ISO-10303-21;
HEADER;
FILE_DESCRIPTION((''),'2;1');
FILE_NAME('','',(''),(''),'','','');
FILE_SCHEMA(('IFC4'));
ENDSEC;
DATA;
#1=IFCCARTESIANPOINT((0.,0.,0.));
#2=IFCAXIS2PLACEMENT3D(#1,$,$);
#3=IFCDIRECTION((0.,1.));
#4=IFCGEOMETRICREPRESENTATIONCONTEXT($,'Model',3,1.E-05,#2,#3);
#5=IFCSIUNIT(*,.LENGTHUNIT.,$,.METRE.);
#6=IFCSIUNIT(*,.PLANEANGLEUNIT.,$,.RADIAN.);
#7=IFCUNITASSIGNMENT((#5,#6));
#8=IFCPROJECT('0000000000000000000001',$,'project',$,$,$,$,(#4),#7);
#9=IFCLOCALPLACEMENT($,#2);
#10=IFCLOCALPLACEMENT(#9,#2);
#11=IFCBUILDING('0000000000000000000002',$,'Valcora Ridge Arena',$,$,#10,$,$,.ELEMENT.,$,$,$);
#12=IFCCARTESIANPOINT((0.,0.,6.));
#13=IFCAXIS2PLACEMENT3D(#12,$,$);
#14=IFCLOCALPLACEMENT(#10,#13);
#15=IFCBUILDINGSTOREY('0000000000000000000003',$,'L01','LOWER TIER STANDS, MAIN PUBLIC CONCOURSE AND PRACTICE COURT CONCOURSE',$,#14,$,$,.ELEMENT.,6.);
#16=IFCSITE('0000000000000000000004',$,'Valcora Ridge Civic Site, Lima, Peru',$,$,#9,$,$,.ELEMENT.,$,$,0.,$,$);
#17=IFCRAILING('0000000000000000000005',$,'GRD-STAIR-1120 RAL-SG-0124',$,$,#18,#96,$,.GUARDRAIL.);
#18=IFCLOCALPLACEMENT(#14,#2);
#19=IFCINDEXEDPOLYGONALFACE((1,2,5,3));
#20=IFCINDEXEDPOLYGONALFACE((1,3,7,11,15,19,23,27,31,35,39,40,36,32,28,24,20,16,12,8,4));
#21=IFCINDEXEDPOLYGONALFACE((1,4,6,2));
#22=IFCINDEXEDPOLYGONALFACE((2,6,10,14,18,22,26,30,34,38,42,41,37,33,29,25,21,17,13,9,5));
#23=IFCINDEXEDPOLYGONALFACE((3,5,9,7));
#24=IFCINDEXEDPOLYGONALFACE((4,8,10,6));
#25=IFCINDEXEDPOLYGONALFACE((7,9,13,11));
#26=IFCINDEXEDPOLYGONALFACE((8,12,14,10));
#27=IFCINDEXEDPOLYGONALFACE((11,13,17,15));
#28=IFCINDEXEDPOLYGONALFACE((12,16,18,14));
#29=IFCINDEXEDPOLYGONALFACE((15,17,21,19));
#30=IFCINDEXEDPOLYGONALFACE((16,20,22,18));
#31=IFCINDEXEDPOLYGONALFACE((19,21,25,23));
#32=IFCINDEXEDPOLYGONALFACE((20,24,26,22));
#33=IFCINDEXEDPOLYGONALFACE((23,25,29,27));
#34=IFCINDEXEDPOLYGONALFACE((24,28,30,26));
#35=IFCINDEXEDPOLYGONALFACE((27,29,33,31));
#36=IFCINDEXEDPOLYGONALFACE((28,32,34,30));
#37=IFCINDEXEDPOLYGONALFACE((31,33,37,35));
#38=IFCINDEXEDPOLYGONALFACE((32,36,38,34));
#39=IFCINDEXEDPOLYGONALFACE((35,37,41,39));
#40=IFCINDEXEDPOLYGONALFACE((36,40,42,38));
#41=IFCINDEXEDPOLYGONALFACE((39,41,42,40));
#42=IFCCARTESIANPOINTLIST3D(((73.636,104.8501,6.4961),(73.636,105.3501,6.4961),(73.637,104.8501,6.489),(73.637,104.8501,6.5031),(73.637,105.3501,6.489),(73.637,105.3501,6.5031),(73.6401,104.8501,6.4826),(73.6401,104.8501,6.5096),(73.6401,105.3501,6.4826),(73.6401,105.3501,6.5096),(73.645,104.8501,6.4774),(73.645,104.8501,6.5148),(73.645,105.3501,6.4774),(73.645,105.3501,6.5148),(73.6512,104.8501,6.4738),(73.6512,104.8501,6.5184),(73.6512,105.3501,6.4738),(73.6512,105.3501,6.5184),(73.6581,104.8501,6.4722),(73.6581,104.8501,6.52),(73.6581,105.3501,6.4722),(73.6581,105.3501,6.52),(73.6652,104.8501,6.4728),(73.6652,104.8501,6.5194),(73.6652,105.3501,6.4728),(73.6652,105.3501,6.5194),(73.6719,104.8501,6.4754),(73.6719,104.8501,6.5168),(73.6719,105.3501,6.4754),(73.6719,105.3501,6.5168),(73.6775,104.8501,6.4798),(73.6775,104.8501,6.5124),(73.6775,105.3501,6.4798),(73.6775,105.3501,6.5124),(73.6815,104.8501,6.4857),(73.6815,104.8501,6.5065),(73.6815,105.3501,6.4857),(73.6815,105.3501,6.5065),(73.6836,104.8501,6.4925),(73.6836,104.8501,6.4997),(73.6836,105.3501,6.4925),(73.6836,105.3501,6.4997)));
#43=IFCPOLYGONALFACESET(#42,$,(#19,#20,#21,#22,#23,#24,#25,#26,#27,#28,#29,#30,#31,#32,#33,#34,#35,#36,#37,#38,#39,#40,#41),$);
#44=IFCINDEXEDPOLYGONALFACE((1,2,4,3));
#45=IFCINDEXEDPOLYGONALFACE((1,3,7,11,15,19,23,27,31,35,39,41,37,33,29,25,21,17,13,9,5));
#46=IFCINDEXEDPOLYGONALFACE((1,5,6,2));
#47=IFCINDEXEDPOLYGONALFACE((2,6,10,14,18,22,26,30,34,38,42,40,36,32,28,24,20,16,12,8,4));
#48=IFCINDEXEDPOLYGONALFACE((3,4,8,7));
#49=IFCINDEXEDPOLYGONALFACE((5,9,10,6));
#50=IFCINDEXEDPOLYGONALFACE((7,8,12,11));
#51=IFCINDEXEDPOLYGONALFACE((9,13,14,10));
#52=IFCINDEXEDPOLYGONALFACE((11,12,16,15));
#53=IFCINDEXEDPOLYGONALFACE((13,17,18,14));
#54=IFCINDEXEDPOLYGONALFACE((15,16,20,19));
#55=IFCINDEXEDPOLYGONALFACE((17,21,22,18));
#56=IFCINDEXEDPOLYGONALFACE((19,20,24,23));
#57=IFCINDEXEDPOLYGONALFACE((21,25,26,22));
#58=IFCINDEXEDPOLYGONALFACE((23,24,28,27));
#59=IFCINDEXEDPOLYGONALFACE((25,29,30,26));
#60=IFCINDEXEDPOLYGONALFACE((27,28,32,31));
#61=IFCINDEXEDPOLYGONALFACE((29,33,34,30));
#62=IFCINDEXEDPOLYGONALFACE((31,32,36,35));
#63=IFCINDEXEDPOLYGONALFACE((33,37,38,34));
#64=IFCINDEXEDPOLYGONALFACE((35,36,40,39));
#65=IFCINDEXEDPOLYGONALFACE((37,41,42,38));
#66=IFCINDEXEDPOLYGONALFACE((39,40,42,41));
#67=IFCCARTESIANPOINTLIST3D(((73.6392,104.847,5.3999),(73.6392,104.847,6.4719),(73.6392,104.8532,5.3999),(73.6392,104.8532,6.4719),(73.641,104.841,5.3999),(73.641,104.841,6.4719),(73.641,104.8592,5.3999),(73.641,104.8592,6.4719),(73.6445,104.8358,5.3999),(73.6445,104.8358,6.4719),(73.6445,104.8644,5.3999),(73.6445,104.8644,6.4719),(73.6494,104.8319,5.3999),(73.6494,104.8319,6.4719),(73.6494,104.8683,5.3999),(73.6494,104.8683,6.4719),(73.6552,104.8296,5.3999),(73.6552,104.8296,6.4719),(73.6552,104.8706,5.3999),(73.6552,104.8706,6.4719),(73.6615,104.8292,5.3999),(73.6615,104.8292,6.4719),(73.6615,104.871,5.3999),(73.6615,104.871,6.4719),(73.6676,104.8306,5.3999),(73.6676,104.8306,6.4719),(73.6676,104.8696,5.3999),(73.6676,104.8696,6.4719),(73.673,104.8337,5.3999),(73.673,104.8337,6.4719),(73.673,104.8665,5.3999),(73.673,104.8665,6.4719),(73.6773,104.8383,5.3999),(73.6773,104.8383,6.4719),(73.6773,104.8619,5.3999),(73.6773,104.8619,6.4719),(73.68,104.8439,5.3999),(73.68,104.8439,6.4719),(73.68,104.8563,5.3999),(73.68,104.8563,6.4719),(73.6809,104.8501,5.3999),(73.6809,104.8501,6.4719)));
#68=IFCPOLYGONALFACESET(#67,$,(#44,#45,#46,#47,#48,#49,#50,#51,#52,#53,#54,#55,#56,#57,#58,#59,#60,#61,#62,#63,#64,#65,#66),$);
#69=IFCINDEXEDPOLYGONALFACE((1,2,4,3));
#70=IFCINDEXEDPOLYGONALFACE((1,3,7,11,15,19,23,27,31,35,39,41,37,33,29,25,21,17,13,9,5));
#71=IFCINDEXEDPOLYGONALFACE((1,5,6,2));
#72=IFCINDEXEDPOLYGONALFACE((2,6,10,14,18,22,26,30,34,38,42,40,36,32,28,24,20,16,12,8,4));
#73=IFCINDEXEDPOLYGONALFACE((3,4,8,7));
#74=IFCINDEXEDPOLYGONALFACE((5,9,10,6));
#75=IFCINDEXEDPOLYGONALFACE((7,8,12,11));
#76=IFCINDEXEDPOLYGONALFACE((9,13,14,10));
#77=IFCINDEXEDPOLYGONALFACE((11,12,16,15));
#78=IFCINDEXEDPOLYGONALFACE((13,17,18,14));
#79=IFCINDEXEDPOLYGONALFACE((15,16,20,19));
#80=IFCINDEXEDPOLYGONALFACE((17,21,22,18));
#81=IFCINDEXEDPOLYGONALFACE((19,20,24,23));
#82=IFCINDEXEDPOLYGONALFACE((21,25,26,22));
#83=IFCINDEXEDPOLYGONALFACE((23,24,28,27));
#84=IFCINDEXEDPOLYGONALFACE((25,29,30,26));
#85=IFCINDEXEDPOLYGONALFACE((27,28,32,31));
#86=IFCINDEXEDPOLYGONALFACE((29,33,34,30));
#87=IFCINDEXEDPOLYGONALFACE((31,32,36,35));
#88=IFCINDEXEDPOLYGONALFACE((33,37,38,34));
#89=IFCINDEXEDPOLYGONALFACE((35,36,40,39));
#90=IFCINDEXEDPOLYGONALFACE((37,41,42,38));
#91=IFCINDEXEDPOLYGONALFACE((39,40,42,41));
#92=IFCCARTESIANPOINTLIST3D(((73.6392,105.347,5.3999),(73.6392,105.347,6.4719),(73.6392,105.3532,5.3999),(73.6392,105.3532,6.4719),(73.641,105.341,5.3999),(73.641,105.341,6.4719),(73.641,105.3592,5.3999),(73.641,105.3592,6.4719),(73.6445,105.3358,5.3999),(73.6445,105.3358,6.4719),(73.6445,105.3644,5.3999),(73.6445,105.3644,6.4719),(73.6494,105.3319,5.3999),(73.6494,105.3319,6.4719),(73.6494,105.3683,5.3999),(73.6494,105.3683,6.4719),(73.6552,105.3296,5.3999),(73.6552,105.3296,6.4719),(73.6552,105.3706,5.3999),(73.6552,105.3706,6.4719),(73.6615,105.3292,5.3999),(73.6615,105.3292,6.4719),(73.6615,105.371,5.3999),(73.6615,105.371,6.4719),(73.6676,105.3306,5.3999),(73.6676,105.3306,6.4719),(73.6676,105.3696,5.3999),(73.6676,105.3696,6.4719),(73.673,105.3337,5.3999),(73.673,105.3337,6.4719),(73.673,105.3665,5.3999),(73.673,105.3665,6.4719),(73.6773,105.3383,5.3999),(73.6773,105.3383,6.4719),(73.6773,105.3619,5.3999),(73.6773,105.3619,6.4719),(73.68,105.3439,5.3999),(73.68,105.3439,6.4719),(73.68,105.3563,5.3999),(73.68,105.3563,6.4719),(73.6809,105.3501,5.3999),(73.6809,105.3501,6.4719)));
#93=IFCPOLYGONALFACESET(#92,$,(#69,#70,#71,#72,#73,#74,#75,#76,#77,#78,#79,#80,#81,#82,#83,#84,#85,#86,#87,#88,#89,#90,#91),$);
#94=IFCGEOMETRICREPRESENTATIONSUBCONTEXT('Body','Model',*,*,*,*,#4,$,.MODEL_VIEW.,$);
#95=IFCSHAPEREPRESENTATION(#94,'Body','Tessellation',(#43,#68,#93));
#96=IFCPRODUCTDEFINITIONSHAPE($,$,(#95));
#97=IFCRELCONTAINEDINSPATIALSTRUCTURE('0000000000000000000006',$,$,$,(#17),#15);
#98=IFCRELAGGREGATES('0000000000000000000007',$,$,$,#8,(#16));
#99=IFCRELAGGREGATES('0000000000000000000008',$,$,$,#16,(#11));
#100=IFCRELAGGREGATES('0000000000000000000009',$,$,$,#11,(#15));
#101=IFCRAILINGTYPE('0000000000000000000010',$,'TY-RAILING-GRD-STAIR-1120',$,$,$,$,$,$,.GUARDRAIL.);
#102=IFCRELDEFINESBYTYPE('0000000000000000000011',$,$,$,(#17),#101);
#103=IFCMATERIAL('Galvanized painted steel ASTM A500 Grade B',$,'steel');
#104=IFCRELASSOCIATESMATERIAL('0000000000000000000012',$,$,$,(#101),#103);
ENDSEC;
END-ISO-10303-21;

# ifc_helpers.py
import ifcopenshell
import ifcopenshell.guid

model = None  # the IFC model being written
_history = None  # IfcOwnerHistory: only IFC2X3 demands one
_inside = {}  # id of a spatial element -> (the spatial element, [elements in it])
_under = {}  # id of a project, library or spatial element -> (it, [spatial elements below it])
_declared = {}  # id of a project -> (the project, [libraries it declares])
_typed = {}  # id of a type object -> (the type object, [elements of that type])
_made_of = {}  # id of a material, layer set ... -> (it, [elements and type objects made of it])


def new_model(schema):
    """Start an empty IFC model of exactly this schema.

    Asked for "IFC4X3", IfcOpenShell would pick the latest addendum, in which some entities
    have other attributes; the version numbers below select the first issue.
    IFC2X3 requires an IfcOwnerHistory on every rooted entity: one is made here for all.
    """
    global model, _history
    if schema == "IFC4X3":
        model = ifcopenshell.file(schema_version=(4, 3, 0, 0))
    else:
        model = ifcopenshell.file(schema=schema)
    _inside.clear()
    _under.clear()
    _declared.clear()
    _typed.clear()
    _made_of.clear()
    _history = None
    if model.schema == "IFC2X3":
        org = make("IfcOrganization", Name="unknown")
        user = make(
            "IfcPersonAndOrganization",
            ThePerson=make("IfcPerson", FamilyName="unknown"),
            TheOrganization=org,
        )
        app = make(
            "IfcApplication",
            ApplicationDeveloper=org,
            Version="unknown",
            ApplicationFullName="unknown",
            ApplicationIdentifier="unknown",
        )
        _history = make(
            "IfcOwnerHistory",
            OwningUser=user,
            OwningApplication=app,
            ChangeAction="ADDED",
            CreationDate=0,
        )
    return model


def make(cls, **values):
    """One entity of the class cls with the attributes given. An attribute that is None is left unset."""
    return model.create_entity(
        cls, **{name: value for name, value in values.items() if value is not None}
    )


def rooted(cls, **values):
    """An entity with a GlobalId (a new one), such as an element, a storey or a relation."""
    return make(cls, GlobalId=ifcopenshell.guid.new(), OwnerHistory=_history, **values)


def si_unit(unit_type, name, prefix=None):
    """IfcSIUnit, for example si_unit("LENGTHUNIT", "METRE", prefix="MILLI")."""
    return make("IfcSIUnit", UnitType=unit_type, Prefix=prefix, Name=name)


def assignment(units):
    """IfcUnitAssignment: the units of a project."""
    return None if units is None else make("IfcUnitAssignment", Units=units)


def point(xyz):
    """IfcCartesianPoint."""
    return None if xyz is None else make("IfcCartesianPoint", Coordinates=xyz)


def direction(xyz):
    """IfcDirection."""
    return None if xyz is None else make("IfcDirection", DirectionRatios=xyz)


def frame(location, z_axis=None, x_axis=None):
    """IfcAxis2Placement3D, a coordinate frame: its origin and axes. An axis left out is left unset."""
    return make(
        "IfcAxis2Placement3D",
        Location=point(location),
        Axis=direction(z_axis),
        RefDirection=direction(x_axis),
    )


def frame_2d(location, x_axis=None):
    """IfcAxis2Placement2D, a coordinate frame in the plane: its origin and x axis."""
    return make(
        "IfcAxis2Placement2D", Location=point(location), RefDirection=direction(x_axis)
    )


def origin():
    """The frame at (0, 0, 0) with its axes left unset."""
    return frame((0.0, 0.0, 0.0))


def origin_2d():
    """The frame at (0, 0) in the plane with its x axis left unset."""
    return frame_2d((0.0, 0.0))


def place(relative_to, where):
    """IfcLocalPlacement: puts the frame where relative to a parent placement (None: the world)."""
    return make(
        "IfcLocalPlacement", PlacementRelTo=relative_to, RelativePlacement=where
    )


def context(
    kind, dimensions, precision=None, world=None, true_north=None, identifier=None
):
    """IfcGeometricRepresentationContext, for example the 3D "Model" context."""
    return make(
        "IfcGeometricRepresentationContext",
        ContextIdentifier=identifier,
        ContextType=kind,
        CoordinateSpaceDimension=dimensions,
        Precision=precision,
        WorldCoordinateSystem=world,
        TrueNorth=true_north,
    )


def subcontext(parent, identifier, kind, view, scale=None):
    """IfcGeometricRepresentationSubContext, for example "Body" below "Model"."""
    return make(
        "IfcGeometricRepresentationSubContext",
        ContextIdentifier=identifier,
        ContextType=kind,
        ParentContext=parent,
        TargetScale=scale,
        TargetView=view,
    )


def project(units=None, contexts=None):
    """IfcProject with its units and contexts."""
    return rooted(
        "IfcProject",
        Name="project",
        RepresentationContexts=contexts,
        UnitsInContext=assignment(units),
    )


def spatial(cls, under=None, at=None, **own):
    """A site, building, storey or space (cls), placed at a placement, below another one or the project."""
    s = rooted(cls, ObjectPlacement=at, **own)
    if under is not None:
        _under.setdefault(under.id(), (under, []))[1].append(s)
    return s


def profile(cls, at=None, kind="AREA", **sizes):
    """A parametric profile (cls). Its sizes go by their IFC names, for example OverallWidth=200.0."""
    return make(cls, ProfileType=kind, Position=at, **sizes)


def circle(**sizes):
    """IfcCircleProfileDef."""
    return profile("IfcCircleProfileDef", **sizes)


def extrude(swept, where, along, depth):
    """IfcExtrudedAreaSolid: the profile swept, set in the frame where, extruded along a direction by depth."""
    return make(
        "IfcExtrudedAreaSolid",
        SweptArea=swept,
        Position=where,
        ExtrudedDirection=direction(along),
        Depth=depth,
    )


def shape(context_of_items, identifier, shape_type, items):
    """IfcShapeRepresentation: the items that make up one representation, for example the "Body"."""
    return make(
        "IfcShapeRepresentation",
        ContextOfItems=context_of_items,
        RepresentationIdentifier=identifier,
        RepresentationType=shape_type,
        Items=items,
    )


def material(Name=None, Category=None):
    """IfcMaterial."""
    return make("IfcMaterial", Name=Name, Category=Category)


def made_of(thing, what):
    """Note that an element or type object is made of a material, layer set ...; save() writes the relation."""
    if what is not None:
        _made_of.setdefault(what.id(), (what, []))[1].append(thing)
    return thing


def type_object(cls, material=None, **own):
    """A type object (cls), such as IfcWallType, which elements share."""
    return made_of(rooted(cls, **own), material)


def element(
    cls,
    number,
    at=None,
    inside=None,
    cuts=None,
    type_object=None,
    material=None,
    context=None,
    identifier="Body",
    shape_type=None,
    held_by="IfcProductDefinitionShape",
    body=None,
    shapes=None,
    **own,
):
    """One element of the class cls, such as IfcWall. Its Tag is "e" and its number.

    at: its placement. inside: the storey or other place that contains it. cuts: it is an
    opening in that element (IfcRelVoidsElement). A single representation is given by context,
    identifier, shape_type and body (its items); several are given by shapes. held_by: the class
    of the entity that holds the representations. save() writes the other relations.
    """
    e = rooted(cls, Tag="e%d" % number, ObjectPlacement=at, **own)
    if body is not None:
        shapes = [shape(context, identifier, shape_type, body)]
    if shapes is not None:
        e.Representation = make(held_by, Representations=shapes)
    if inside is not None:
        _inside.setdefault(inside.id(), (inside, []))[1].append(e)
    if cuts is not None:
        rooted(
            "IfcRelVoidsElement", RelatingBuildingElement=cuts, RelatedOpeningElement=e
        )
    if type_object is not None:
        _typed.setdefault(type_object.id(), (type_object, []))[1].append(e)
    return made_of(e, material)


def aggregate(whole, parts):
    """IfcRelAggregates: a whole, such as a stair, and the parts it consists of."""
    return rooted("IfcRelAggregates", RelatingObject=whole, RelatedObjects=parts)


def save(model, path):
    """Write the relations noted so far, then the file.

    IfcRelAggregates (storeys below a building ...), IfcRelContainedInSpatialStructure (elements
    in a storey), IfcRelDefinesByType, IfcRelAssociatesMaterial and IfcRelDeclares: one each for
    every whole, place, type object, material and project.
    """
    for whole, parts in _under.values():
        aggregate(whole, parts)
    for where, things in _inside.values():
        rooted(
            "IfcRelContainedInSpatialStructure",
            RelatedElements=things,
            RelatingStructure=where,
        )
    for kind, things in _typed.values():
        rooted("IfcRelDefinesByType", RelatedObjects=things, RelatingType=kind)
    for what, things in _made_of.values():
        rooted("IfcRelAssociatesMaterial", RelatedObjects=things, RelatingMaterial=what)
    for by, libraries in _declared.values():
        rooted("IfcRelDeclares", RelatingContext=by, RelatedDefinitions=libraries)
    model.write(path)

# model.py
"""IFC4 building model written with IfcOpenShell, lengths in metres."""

from ifc_helpers import new_model, si_unit, direction, frame, origin, origin_2d, place, context, subcontext, project, spatial, circle, extrude, material, type_object, element, save


model = new_model("IFC4")

# Units and contexts
model_context = context("Model", 3, precision=1e-05, world=origin(), true_north=direction((0.0, 1.0)))
body_context = subcontext(model_context, "Body", "Model", "MODEL_VIEW")
ifc_project = project(units=[si_unit("LENGTHUNIT", "METRE"), si_unit("PLANEANGLEUNIT", "RADIAN")], contexts=[model_context])

# Site, building, storey
site_placement = place(None, origin())
site = spatial("IfcSite", under=ifc_project, at=site_placement, Name="Valcora Ridge Civic Site, Lima, Peru", CompositionType="ELEMENT", RefElevation=0.0)
building_placement = place(site_placement, origin())
building = spatial("IfcBuilding", under=site, at=building_placement, Name="Valcora Ridge Arena", CompositionType="ELEMENT")
storey_placement = place(building_placement, frame((0.0, 0.0, 6.0)))
storey = spatial("IfcBuildingStorey", under=building, at=storey_placement, Name="L01", Description="LOWER TIER STANDS, MAIN PUBLIC CONCOURSE AND PRACTICE COURT CONCOURSE", CompositionType="ELEMENT", Elevation=6.0)

# Railing
ifc_material_1 = material(Name="Galvanized painted steel ASTM A500 Grade B", Category="steel")
railing_type_1 = type_object("IfcRailingType", Name="TY-RAILING-GRD-STAIR-1120", PredefinedType="GUARDRAIL", material=ifc_material_1)
railing_1_placement = place(storey_placement, frame((73.6599, 104.8501, 5.3999)))
element("IfcRailing", 1, at=railing_1_placement, inside=storey, type_object=railing_type_1, Name="GRD-STAIR-1120 RAL-SG-0124", PredefinedType="GUARDRAIL", context=body_context, shape_type="SweptSolid", body=[
    extrude(circle(Radius=0.0239, at=origin_2d()), frame((0.0, 0.0, 1.0962), z_axis=(0.0, 1.0, 0.0), x_axis=(-1.0, 0.0, 0.0)), (0.0, 0.0, 1.0), 0.5),
    extrude(circle(Radius=0.021, at=origin_2d()), origin(), (0.0, 0.0, 1.0), 1.072),
    extrude(circle(Radius=0.021, at=origin_2d()), frame((0.0, 0.5, 0.0)), (0.0, 0.0, 1.0), 1.072),
])

save(model, "model.ifc")
